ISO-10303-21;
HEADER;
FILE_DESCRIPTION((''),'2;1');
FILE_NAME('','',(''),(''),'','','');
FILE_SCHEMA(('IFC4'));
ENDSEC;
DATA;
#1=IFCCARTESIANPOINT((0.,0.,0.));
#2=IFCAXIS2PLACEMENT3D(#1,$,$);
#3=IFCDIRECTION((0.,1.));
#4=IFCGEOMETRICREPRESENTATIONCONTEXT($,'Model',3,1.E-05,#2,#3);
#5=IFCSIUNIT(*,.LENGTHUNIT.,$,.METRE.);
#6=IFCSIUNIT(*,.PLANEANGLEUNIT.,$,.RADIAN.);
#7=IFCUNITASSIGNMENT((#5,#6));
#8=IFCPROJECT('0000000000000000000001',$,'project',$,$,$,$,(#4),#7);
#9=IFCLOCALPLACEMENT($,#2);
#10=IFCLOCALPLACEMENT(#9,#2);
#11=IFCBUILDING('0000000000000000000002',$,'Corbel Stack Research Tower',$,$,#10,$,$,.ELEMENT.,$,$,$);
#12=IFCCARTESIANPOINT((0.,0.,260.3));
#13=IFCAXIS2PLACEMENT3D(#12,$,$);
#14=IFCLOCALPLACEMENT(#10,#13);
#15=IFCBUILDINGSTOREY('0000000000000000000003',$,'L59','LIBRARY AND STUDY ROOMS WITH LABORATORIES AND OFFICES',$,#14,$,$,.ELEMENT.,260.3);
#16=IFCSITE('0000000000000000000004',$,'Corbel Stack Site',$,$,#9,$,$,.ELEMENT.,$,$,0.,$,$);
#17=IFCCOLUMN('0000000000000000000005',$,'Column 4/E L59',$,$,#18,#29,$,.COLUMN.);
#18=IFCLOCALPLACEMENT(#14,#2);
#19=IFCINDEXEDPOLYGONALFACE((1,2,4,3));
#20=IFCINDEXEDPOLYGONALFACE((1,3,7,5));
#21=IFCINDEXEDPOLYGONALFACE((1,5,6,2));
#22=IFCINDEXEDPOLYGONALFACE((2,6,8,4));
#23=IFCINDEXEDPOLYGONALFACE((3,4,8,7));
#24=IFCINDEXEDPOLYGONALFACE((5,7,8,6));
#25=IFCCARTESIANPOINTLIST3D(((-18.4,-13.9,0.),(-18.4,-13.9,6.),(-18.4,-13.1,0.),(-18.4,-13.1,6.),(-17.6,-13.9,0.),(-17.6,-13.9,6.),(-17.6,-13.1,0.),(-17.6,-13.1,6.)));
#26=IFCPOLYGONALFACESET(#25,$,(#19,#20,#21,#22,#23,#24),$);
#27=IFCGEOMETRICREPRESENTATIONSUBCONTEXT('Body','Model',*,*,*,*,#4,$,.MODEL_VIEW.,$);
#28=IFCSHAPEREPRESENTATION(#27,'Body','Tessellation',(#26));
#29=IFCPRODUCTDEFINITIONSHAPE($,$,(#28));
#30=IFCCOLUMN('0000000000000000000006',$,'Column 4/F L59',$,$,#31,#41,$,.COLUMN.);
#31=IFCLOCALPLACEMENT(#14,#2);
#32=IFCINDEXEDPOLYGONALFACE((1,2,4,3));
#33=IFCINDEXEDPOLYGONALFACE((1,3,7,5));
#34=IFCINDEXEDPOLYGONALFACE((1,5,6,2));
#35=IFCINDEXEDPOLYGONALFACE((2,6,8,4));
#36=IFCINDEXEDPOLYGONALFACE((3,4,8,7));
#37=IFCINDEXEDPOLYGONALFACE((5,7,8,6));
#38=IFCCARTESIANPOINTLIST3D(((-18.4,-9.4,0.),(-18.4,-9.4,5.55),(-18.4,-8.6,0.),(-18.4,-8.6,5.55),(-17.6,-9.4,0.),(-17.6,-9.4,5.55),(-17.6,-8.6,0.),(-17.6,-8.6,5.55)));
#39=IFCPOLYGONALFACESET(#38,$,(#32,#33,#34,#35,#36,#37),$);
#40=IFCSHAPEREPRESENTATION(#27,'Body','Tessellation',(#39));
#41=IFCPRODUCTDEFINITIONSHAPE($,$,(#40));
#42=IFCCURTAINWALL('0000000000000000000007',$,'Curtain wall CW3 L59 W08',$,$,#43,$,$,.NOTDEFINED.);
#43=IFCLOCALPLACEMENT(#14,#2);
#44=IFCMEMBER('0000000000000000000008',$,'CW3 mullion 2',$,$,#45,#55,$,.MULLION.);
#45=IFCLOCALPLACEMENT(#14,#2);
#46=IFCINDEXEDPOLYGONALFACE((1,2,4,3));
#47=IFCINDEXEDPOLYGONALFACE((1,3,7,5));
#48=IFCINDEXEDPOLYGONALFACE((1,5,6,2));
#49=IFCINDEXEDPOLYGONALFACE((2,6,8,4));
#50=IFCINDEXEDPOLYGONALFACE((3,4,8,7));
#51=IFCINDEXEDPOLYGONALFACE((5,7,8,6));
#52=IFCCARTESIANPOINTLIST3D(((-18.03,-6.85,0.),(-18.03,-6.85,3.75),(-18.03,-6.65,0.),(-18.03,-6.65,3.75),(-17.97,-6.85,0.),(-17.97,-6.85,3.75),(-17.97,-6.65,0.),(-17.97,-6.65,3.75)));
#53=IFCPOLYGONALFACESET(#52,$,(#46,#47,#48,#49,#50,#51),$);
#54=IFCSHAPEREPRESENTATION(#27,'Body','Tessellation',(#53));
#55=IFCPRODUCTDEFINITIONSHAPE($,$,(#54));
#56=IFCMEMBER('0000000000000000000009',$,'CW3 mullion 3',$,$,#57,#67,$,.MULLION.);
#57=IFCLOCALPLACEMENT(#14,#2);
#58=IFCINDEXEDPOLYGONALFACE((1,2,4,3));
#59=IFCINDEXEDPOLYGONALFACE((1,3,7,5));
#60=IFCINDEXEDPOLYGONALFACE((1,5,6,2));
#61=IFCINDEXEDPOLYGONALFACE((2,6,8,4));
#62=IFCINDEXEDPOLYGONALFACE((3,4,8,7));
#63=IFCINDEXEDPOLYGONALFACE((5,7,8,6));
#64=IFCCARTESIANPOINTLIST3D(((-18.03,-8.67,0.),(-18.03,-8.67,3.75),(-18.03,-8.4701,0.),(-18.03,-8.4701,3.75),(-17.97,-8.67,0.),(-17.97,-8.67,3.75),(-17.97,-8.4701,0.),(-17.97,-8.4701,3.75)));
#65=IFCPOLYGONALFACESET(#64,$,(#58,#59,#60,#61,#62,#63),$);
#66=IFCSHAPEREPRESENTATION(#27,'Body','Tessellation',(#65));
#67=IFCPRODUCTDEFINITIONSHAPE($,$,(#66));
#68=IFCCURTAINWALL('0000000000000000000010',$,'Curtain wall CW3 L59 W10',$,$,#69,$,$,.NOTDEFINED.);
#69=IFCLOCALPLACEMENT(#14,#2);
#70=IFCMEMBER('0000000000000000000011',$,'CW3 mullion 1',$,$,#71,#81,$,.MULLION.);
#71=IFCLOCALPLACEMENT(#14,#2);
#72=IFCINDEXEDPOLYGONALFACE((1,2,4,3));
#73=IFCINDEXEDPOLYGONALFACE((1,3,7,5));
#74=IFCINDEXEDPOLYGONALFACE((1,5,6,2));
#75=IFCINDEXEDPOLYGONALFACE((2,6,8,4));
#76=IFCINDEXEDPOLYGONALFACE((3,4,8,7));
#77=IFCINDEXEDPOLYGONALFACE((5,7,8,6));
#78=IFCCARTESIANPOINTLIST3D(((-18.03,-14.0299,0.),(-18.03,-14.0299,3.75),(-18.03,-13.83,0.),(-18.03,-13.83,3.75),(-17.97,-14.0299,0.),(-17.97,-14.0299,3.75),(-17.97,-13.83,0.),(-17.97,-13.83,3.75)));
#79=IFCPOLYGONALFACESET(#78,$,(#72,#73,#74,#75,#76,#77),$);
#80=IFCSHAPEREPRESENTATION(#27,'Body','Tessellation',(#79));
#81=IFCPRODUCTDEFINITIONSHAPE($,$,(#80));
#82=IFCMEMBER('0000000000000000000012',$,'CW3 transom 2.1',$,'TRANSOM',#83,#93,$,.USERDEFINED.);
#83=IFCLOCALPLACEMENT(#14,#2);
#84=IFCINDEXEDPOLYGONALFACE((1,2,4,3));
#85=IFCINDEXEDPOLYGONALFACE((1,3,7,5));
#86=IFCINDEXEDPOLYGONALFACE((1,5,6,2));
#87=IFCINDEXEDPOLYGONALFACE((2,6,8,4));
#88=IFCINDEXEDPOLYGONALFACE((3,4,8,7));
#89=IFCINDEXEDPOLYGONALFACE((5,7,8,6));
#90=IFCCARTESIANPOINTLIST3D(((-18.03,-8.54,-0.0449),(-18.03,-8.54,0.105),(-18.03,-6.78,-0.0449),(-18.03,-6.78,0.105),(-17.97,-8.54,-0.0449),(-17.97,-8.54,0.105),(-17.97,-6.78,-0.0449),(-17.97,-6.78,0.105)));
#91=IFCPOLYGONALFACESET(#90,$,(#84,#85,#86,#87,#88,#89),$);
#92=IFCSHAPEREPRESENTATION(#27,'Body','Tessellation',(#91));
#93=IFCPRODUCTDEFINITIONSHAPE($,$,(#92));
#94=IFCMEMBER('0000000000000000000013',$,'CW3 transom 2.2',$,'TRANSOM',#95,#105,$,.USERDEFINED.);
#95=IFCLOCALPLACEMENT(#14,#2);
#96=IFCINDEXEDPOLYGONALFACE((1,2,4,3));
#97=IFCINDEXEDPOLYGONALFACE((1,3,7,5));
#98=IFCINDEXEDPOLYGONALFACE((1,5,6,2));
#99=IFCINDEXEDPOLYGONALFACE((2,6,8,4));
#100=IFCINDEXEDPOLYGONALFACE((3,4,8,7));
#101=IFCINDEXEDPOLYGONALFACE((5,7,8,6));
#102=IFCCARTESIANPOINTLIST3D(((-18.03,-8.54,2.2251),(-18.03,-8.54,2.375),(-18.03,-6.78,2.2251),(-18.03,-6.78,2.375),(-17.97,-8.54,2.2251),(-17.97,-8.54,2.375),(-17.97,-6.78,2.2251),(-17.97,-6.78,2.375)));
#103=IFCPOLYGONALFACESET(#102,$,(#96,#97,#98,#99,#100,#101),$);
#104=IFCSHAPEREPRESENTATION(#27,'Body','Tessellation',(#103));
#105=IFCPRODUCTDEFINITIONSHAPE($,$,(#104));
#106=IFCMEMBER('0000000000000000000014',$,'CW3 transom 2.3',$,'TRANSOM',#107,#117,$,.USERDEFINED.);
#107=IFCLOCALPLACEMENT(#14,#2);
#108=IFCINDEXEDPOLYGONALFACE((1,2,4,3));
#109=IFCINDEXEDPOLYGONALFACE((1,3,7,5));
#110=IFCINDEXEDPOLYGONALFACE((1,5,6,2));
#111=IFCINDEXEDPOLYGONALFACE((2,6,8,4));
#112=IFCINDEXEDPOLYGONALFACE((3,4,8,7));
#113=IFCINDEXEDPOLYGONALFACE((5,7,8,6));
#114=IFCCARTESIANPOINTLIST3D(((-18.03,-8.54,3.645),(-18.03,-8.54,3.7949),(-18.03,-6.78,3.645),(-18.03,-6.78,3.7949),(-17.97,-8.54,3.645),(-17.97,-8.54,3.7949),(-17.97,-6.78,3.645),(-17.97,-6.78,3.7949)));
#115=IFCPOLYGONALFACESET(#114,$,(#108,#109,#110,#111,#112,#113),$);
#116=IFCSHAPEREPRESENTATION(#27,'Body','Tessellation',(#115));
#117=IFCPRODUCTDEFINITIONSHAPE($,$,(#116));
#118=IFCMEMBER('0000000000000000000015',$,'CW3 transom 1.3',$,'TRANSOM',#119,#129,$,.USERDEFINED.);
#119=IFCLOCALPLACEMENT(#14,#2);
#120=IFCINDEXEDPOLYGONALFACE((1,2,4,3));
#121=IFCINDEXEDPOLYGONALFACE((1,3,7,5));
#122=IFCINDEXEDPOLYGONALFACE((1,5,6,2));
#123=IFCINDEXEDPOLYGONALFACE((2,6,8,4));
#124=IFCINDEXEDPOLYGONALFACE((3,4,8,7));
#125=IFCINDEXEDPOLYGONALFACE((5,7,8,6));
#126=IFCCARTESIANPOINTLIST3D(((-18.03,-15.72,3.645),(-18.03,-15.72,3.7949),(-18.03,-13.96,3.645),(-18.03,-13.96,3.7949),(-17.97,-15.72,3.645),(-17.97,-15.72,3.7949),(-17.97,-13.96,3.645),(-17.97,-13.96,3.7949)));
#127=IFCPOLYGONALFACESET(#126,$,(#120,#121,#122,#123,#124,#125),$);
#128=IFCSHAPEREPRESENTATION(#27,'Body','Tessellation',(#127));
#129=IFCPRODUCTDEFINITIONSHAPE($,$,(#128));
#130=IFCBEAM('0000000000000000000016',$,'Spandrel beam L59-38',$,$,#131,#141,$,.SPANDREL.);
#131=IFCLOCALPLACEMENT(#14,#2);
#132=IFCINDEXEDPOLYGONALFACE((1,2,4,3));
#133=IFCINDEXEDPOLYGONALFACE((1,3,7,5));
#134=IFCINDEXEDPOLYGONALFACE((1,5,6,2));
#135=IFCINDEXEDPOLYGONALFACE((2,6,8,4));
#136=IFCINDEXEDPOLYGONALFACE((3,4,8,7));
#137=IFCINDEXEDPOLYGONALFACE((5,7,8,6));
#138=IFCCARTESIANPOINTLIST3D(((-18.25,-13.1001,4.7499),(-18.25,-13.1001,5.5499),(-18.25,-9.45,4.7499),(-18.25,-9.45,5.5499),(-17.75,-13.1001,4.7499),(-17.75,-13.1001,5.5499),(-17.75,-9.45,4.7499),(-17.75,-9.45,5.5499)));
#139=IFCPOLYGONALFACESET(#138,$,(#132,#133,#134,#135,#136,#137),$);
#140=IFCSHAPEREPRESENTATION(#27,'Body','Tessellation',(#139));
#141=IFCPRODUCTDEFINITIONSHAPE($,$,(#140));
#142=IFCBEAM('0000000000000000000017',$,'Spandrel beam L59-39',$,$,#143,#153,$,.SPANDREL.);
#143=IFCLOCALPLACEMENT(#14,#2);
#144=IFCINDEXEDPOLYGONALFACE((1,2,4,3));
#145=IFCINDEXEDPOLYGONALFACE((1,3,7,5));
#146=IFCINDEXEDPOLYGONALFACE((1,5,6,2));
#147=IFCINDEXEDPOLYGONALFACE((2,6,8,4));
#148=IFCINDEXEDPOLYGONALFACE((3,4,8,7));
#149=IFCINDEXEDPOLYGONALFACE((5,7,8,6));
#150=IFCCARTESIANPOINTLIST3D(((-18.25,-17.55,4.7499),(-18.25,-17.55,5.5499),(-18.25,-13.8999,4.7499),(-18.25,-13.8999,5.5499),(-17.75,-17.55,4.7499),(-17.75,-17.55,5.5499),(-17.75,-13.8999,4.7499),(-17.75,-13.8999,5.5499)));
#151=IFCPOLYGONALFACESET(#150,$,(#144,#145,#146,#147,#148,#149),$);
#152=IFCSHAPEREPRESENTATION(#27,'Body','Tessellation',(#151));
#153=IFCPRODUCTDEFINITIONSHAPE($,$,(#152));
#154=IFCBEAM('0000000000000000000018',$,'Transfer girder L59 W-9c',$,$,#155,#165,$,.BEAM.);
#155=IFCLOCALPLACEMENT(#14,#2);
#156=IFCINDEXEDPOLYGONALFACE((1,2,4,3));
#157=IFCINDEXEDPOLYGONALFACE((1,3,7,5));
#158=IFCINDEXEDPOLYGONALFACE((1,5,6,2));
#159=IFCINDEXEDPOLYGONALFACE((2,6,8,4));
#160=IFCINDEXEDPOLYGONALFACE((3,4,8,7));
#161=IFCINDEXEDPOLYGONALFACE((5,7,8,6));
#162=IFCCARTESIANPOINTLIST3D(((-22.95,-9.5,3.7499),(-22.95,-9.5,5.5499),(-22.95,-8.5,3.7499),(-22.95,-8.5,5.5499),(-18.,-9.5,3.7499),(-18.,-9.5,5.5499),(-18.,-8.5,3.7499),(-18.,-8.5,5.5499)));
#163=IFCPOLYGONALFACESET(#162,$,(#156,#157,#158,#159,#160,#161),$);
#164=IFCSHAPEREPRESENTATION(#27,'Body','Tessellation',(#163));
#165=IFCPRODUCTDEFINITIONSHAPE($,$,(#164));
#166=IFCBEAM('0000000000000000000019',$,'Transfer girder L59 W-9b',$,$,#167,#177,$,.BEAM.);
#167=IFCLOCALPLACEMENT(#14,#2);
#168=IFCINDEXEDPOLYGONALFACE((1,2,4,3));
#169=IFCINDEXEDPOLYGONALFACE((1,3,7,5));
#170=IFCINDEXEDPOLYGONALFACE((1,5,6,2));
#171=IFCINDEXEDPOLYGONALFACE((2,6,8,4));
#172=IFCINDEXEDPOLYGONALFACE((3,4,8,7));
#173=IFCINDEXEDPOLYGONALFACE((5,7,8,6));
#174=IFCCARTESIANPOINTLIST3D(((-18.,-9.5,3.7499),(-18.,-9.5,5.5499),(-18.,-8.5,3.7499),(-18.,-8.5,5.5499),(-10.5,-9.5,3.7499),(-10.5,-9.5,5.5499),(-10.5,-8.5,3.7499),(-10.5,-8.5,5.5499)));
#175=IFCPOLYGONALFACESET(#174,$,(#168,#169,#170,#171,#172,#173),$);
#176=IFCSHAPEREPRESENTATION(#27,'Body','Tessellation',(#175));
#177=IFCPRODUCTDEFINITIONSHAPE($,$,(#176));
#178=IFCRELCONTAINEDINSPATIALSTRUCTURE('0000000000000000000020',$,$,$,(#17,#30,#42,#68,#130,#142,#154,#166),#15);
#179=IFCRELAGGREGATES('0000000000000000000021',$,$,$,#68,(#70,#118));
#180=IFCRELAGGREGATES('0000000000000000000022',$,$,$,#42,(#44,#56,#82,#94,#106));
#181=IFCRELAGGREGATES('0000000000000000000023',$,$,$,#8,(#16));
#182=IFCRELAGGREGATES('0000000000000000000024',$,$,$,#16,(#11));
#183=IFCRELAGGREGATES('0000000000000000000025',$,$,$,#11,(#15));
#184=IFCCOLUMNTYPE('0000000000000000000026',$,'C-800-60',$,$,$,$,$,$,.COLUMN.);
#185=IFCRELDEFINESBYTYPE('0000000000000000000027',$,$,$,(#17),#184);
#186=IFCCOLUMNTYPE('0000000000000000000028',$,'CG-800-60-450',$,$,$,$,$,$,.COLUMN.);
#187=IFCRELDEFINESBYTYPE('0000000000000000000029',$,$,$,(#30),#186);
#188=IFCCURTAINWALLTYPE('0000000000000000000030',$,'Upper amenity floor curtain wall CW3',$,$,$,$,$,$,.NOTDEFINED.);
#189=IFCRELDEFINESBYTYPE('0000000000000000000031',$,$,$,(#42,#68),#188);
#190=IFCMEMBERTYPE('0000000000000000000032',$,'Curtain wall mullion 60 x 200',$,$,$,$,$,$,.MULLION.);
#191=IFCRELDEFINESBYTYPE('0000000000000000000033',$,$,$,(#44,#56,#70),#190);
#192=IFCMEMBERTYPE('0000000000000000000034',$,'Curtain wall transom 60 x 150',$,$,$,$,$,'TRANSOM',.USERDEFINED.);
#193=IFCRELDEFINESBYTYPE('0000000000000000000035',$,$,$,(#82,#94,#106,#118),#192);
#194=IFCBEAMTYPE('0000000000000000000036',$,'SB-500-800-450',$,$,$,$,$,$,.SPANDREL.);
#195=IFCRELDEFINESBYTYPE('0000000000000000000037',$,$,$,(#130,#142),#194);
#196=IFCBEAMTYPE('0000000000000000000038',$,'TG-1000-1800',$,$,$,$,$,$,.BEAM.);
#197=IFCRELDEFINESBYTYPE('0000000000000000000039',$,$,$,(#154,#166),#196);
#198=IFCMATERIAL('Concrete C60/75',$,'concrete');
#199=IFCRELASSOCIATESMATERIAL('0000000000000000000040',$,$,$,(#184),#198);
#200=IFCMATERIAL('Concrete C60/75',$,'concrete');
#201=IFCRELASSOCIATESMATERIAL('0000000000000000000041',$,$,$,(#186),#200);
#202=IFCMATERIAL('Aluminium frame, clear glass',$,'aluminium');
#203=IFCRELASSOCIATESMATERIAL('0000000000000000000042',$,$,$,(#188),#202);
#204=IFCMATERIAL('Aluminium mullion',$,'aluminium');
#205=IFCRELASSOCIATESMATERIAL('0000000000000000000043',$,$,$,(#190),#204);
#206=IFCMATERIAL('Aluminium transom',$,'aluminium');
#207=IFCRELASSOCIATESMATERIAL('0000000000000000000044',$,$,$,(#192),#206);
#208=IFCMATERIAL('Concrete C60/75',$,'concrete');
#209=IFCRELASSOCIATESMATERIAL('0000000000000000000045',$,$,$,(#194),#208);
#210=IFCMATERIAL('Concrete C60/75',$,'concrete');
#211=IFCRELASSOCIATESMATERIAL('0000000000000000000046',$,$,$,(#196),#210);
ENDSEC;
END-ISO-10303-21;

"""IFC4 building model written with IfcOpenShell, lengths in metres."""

from ifc_helpers import new_model, si_unit, direction, frame, origin, origin_2d, place, context, subcontext, project, spatial, rectangle, extrude, material, material_profile, profile_set, type_object, element, aggregate, save


model = new_model("IFC4")

# Units and contexts
model_context = context("Model", 3, precision=1e-05, world=origin(), true_north=direction((0.0, 1.0)))
body_context = subcontext(model_context, "Body", "Model", "MODEL_VIEW")
ifc_project = project(units=[si_unit("LENGTHUNIT", "METRE"), si_unit("PLANEANGLEUNIT", "RADIAN")], contexts=[model_context])

# Site, building, storey
site_placement = place(None, origin())
site = spatial("IfcSite", under=ifc_project, at=site_placement, Name="Corbel Stack Site", CompositionType="ELEMENT", RefElevation=0.0)
building_placement = place(site_placement, origin())
building = spatial("IfcBuilding", under=site, at=building_placement, Name="Corbel Stack Research Tower", CompositionType="ELEMENT")
storey_placement = place(building_placement, frame((0.0, 0.0, 260.3)))
storey = spatial("IfcBuildingStorey", under=building, at=storey_placement, Name="L59", Description="LIBRARY AND STUDY ROOMS WITH LABORATORIES AND OFFICES", CompositionType="ELEMENT", Elevation=260.3)

# Columns
ifc_material_1 = material(Name="Concrete C60/75", Category="concrete")
ifc_material_profile_1 = material_profile(ifc_material_1, rectangle(XDim=0.8, YDim=0.8, at=origin_2d()), Name="RC 800 x 800")
ifc_profile_set_1 = profile_set([ifc_material_profile_1], Name="Concrete C60/75")
column_type_1 = type_object("IfcColumnType", Name="C-800-60", PredefinedType="COLUMN", material=ifc_profile_set_1)
column_1_placement = place(storey_placement, frame((-18.0, -13.5, 0.0), z_axis=(0.0, 0.0, 1.0), x_axis=(1.0, 0.0, 0.0)))
element("IfcColumn", 1, at=column_1_placement, inside=storey, type_object=column_type_1, Name="Column 4/E L59", PredefinedType="COLUMN", context=body_context, shape_type="SweptSolid", body=[
    extrude(rectangle(XDim=0.8, YDim=0.8, at=origin_2d()), origin(), (0.0, 0.0, 1.0), 6.0),
])
ifc_material_2 = material(Name="Concrete C60/75", Category="concrete")
ifc_material_profile_2 = material_profile(ifc_material_2, rectangle(XDim=0.8, YDim=0.8, at=origin_2d()), Name="RC 800 x 800")
ifc_profile_set_2 = profile_set([ifc_material_profile_2], Name="Concrete C60/75")
column_type_2 = type_object("IfcColumnType", Name="CG-800-60-450", PredefinedType="COLUMN", material=ifc_profile_set_2)
column_2_placement = place(storey_placement, frame((-18.0, -9.0, 0.0), z_axis=(0.0, 0.0, 1.0), x_axis=(1.0, 0.0, 0.0)))
element("IfcColumn", 2, at=column_2_placement, inside=storey, type_object=column_type_2, Name="Column 4/F L59", PredefinedType="COLUMN", context=body_context, shape_type="SweptSolid", body=[
    extrude(rectangle(XDim=0.8, YDim=0.8, at=origin_2d()), origin(), (0.0, 0.0, 1.0), 5.55),
])

# Curtain wall, members
ifc_material_3 = material(Name="Aluminium frame, clear glass", Category="aluminium")
curtain_wall_type = type_object("IfcCurtainWallType", Name="Upper amenity floor curtain wall CW3", PredefinedType="NOTDEFINED", material=ifc_material_3)
curtain_wall_1_placement = place(storey_placement, origin())
curtain_wall_1 = element("IfcCurtainWall", 3, at=curtain_wall_1_placement, inside=storey, type_object=curtain_wall_type, Name="Curtain wall CW3 L59 W08", PredefinedType="NOTDEFINED")
ifc_material_4 = material(Name="Aluminium mullion", Category="aluminium")
ifc_material_profile_3 = material_profile(ifc_material_4, rectangle(XDim=0.0601, YDim=0.2, at=origin_2d()), Name="Mullion 60 x 200")
ifc_profile_set_3 = profile_set([ifc_material_profile_3], Name="Aluminium mullion")
member_type_1 = type_object("IfcMemberType", Name="Curtain wall mullion 60 x 200", PredefinedType="MULLION", material=ifc_profile_set_3)
member_1_placement = place(storey_placement, frame((-18.0, -6.75, 0.0), z_axis=(0.0, 0.0, 1.0), x_axis=(1.0, 0.0, 0.0)))
member_1 = element("IfcMember", 4, at=member_1_placement, type_object=member_type_1, Name="CW3 mullion 2", PredefinedType="MULLION", context=body_context, shape_type="SweptSolid", body=[
    extrude(rectangle(XDim=0.0601, YDim=0.2, at=origin_2d()), origin(), (0.0, 0.0, 1.0), 3.75),
])
member_2_placement = place(storey_placement, frame((-18.0, -8.5701, 0.0), z_axis=(0.0, 0.0, 1.0), x_axis=(1.0, 0.0, 0.0)))
member_2 = element("IfcMember", 5, at=member_2_placement, type_object=member_type_1, Name="CW3 mullion 3", PredefinedType="MULLION", context=body_context, shape_type="SweptSolid", body=[
    extrude(rectangle(XDim=0.0601, YDim=0.2, at=origin_2d()), origin(), (0.0, 0.0, 1.0), 3.75),
])

# Curtain wall, member
curtain_wall_2_placement = place(storey_placement, origin())
curtain_wall_2 = element("IfcCurtainWall", 6, at=curtain_wall_2_placement, inside=storey, type_object=curtain_wall_type, Name="Curtain wall CW3 L59 W10", PredefinedType="NOTDEFINED")
member_3_placement = place(storey_placement, frame((-18.0, -13.9299, 0.0), z_axis=(0.0, 0.0, 1.0), x_axis=(1.0, 0.0, 0.0)))
member_3 = element("IfcMember", 7, at=member_3_placement, type_object=member_type_1, Name="CW3 mullion 1", PredefinedType="MULLION", context=body_context, shape_type="SweptSolid", body=[
    extrude(rectangle(XDim=0.0601, YDim=0.2, at=origin_2d()), origin(), (0.0, 0.0, 1.0), 3.75),
])

# Members
ifc_material_5 = material(Name="Aluminium transom", Category="aluminium")
ifc_material_profile_4 = material_profile(ifc_material_5, rectangle(XDim=0.0601, YDim=0.1499, at=origin_2d()), Name="Transom 60 x 150")
ifc_profile_set_4 = profile_set([ifc_material_profile_4], Name="Aluminium transom")
member_type_2 = type_object("IfcMemberType", Name="Curtain wall transom 60 x 150", ElementType="TRANSOM", PredefinedType="USERDEFINED", material=ifc_profile_set_4)
member_4_placement = place(storey_placement, frame((-18.0, -6.78, 0.03), z_axis=(0.0, -1.0, 0.0), x_axis=(1.0, 0.0, 0.0)))
member_4 = element("IfcMember", 8, at=member_4_placement, type_object=member_type_2, Name="CW3 transom 2.1", ObjectType="TRANSOM", PredefinedType="USERDEFINED", context=body_context, shape_type="SweptSolid", body=[
    extrude(rectangle(XDim=0.0601, YDim=0.1499, at=origin_2d()), origin(), (0.0, 0.0, 1.0), 1.76),
])
member_5_placement = place(storey_placement, frame((-18.0, -6.78, 2.3), z_axis=(0.0, -1.0, 0.0), x_axis=(1.0, 0.0, 0.0)))
member_5 = element("IfcMember", 9, at=member_5_placement, type_object=member_type_2, Name="CW3 transom 2.2", ObjectType="TRANSOM", PredefinedType="USERDEFINED", context=body_context, shape_type="SweptSolid", body=[
    extrude(rectangle(XDim=0.0601, YDim=0.1499, at=origin_2d()), origin(), (0.0, 0.0, 1.0), 1.76),
])
member_6_placement = place(storey_placement, frame((-18.0, -6.78, 3.72), z_axis=(0.0, -1.0, 0.0), x_axis=(1.0, 0.0, 0.0)))
member_6 = element("IfcMember", 10, at=member_6_placement, type_object=member_type_2, Name="CW3 transom 2.3", ObjectType="TRANSOM", PredefinedType="USERDEFINED", context=body_context, shape_type="SweptSolid", body=[
    extrude(rectangle(XDim=0.0601, YDim=0.1499, at=origin_2d()), origin(), (0.0, 0.0, 1.0), 1.76),
])
member_7_placement = place(storey_placement, frame((-18.0, -13.96, 3.72), z_axis=(0.0, -1.0, 0.0), x_axis=(1.0, 0.0, 0.0)))
member_7 = element("IfcMember", 11, at=member_7_placement, type_object=member_type_2, Name="CW3 transom 1.3", ObjectType="TRANSOM", PredefinedType="USERDEFINED", context=body_context, shape_type="SweptSolid", body=[
    extrude(rectangle(XDim=0.0601, YDim=0.1499, at=origin_2d()), origin(), (0.0, 0.0, 1.0), 1.76),
])
aggregate(curtain_wall_2, [member_3, member_7])

# Beams
ifc_material_6 = material(Name="Concrete C60/75", Category="concrete")
ifc_material_profile_5 = material_profile(ifc_material_6, rectangle(XDim=0.5, YDim=0.8, at=origin_2d()), Name="RC 500 x 800")
ifc_profile_set_5 = profile_set([ifc_material_profile_5], Name="Concrete C60/75")
beam_type_1 = type_object("IfcBeamType", Name="SB-500-800-450", PredefinedType="SPANDREL", material=ifc_profile_set_5)
for number, where, z_axis, x_axis, name in (
    (12, (-18.0, -9.45, 5.1499), (0.0, -1.0, 0.0), (1.0, 0.0, 0.0), "Spandrel beam L59-38"),
    (13, (-18.0, -13.8999, 5.1499), (0.0, -1.0, 0.0), (1.0, 0.0, 0.0), "Spandrel beam L59-39"),
):
    element("IfcBeam", number, at=place(storey_placement, frame(where, z_axis=z_axis, x_axis=x_axis)), inside=storey, type_object=beam_type_1, Name=name, PredefinedType="SPANDREL", context=body_context, shape_type="SweptSolid", body=[
        extrude(rectangle(XDim=0.5, YDim=0.8, at=origin_2d()), origin(), (0.0, 0.0, 1.0), 3.6501),
    ])
ifc_material_7 = material(Name="Concrete C60/75", Category="concrete")
ifc_material_profile_6 = material_profile(ifc_material_7, rectangle(XDim=1.0, YDim=1.8, at=origin_2d()), Name="RC 1000 x 1800")
ifc_profile_set_6 = profile_set([ifc_material_profile_6], Name="Concrete C60/75")
beam_type_2 = type_object("IfcBeamType", Name="TG-1000-1800", PredefinedType="BEAM", material=ifc_profile_set_6)
beam_1_placement = place(storey_placement, frame((-22.95, -9.0, 4.6499), z_axis=(1.0, 0.0, 0.0), x_axis=(0.0, 1.0, 0.0)))
element("IfcBeam", 14, at=beam_1_placement, inside=storey, type_object=beam_type_2, Name="Transfer girder L59 W-9c", PredefinedType="BEAM", context=body_context, shape_type="SweptSolid", body=[
    extrude(rectangle(XDim=1.0, YDim=1.8, at=origin_2d()), origin(), (0.0, 0.0, 1.0), 4.95),
])
beam_2_placement = place(storey_placement, frame((-18.0, -9.0, 4.6499), z_axis=(1.0, 0.0, 0.0), x_axis=(0.0, 1.0, 0.0)))
element("IfcBeam", 15, at=beam_2_placement, inside=storey, type_object=beam_type_2, Name="Transfer girder L59 W-9b", PredefinedType="BEAM", context=body_context, shape_type="SweptSolid", body=[
    extrude(rectangle(XDim=1.0, YDim=1.8, at=origin_2d()), origin(), (0.0, 0.0, 1.0), 7.5),
])

aggregate(curtain_wall_1, [member_1, member_2, member_4, member_5, member_6])

save(model, "model.ifc")
